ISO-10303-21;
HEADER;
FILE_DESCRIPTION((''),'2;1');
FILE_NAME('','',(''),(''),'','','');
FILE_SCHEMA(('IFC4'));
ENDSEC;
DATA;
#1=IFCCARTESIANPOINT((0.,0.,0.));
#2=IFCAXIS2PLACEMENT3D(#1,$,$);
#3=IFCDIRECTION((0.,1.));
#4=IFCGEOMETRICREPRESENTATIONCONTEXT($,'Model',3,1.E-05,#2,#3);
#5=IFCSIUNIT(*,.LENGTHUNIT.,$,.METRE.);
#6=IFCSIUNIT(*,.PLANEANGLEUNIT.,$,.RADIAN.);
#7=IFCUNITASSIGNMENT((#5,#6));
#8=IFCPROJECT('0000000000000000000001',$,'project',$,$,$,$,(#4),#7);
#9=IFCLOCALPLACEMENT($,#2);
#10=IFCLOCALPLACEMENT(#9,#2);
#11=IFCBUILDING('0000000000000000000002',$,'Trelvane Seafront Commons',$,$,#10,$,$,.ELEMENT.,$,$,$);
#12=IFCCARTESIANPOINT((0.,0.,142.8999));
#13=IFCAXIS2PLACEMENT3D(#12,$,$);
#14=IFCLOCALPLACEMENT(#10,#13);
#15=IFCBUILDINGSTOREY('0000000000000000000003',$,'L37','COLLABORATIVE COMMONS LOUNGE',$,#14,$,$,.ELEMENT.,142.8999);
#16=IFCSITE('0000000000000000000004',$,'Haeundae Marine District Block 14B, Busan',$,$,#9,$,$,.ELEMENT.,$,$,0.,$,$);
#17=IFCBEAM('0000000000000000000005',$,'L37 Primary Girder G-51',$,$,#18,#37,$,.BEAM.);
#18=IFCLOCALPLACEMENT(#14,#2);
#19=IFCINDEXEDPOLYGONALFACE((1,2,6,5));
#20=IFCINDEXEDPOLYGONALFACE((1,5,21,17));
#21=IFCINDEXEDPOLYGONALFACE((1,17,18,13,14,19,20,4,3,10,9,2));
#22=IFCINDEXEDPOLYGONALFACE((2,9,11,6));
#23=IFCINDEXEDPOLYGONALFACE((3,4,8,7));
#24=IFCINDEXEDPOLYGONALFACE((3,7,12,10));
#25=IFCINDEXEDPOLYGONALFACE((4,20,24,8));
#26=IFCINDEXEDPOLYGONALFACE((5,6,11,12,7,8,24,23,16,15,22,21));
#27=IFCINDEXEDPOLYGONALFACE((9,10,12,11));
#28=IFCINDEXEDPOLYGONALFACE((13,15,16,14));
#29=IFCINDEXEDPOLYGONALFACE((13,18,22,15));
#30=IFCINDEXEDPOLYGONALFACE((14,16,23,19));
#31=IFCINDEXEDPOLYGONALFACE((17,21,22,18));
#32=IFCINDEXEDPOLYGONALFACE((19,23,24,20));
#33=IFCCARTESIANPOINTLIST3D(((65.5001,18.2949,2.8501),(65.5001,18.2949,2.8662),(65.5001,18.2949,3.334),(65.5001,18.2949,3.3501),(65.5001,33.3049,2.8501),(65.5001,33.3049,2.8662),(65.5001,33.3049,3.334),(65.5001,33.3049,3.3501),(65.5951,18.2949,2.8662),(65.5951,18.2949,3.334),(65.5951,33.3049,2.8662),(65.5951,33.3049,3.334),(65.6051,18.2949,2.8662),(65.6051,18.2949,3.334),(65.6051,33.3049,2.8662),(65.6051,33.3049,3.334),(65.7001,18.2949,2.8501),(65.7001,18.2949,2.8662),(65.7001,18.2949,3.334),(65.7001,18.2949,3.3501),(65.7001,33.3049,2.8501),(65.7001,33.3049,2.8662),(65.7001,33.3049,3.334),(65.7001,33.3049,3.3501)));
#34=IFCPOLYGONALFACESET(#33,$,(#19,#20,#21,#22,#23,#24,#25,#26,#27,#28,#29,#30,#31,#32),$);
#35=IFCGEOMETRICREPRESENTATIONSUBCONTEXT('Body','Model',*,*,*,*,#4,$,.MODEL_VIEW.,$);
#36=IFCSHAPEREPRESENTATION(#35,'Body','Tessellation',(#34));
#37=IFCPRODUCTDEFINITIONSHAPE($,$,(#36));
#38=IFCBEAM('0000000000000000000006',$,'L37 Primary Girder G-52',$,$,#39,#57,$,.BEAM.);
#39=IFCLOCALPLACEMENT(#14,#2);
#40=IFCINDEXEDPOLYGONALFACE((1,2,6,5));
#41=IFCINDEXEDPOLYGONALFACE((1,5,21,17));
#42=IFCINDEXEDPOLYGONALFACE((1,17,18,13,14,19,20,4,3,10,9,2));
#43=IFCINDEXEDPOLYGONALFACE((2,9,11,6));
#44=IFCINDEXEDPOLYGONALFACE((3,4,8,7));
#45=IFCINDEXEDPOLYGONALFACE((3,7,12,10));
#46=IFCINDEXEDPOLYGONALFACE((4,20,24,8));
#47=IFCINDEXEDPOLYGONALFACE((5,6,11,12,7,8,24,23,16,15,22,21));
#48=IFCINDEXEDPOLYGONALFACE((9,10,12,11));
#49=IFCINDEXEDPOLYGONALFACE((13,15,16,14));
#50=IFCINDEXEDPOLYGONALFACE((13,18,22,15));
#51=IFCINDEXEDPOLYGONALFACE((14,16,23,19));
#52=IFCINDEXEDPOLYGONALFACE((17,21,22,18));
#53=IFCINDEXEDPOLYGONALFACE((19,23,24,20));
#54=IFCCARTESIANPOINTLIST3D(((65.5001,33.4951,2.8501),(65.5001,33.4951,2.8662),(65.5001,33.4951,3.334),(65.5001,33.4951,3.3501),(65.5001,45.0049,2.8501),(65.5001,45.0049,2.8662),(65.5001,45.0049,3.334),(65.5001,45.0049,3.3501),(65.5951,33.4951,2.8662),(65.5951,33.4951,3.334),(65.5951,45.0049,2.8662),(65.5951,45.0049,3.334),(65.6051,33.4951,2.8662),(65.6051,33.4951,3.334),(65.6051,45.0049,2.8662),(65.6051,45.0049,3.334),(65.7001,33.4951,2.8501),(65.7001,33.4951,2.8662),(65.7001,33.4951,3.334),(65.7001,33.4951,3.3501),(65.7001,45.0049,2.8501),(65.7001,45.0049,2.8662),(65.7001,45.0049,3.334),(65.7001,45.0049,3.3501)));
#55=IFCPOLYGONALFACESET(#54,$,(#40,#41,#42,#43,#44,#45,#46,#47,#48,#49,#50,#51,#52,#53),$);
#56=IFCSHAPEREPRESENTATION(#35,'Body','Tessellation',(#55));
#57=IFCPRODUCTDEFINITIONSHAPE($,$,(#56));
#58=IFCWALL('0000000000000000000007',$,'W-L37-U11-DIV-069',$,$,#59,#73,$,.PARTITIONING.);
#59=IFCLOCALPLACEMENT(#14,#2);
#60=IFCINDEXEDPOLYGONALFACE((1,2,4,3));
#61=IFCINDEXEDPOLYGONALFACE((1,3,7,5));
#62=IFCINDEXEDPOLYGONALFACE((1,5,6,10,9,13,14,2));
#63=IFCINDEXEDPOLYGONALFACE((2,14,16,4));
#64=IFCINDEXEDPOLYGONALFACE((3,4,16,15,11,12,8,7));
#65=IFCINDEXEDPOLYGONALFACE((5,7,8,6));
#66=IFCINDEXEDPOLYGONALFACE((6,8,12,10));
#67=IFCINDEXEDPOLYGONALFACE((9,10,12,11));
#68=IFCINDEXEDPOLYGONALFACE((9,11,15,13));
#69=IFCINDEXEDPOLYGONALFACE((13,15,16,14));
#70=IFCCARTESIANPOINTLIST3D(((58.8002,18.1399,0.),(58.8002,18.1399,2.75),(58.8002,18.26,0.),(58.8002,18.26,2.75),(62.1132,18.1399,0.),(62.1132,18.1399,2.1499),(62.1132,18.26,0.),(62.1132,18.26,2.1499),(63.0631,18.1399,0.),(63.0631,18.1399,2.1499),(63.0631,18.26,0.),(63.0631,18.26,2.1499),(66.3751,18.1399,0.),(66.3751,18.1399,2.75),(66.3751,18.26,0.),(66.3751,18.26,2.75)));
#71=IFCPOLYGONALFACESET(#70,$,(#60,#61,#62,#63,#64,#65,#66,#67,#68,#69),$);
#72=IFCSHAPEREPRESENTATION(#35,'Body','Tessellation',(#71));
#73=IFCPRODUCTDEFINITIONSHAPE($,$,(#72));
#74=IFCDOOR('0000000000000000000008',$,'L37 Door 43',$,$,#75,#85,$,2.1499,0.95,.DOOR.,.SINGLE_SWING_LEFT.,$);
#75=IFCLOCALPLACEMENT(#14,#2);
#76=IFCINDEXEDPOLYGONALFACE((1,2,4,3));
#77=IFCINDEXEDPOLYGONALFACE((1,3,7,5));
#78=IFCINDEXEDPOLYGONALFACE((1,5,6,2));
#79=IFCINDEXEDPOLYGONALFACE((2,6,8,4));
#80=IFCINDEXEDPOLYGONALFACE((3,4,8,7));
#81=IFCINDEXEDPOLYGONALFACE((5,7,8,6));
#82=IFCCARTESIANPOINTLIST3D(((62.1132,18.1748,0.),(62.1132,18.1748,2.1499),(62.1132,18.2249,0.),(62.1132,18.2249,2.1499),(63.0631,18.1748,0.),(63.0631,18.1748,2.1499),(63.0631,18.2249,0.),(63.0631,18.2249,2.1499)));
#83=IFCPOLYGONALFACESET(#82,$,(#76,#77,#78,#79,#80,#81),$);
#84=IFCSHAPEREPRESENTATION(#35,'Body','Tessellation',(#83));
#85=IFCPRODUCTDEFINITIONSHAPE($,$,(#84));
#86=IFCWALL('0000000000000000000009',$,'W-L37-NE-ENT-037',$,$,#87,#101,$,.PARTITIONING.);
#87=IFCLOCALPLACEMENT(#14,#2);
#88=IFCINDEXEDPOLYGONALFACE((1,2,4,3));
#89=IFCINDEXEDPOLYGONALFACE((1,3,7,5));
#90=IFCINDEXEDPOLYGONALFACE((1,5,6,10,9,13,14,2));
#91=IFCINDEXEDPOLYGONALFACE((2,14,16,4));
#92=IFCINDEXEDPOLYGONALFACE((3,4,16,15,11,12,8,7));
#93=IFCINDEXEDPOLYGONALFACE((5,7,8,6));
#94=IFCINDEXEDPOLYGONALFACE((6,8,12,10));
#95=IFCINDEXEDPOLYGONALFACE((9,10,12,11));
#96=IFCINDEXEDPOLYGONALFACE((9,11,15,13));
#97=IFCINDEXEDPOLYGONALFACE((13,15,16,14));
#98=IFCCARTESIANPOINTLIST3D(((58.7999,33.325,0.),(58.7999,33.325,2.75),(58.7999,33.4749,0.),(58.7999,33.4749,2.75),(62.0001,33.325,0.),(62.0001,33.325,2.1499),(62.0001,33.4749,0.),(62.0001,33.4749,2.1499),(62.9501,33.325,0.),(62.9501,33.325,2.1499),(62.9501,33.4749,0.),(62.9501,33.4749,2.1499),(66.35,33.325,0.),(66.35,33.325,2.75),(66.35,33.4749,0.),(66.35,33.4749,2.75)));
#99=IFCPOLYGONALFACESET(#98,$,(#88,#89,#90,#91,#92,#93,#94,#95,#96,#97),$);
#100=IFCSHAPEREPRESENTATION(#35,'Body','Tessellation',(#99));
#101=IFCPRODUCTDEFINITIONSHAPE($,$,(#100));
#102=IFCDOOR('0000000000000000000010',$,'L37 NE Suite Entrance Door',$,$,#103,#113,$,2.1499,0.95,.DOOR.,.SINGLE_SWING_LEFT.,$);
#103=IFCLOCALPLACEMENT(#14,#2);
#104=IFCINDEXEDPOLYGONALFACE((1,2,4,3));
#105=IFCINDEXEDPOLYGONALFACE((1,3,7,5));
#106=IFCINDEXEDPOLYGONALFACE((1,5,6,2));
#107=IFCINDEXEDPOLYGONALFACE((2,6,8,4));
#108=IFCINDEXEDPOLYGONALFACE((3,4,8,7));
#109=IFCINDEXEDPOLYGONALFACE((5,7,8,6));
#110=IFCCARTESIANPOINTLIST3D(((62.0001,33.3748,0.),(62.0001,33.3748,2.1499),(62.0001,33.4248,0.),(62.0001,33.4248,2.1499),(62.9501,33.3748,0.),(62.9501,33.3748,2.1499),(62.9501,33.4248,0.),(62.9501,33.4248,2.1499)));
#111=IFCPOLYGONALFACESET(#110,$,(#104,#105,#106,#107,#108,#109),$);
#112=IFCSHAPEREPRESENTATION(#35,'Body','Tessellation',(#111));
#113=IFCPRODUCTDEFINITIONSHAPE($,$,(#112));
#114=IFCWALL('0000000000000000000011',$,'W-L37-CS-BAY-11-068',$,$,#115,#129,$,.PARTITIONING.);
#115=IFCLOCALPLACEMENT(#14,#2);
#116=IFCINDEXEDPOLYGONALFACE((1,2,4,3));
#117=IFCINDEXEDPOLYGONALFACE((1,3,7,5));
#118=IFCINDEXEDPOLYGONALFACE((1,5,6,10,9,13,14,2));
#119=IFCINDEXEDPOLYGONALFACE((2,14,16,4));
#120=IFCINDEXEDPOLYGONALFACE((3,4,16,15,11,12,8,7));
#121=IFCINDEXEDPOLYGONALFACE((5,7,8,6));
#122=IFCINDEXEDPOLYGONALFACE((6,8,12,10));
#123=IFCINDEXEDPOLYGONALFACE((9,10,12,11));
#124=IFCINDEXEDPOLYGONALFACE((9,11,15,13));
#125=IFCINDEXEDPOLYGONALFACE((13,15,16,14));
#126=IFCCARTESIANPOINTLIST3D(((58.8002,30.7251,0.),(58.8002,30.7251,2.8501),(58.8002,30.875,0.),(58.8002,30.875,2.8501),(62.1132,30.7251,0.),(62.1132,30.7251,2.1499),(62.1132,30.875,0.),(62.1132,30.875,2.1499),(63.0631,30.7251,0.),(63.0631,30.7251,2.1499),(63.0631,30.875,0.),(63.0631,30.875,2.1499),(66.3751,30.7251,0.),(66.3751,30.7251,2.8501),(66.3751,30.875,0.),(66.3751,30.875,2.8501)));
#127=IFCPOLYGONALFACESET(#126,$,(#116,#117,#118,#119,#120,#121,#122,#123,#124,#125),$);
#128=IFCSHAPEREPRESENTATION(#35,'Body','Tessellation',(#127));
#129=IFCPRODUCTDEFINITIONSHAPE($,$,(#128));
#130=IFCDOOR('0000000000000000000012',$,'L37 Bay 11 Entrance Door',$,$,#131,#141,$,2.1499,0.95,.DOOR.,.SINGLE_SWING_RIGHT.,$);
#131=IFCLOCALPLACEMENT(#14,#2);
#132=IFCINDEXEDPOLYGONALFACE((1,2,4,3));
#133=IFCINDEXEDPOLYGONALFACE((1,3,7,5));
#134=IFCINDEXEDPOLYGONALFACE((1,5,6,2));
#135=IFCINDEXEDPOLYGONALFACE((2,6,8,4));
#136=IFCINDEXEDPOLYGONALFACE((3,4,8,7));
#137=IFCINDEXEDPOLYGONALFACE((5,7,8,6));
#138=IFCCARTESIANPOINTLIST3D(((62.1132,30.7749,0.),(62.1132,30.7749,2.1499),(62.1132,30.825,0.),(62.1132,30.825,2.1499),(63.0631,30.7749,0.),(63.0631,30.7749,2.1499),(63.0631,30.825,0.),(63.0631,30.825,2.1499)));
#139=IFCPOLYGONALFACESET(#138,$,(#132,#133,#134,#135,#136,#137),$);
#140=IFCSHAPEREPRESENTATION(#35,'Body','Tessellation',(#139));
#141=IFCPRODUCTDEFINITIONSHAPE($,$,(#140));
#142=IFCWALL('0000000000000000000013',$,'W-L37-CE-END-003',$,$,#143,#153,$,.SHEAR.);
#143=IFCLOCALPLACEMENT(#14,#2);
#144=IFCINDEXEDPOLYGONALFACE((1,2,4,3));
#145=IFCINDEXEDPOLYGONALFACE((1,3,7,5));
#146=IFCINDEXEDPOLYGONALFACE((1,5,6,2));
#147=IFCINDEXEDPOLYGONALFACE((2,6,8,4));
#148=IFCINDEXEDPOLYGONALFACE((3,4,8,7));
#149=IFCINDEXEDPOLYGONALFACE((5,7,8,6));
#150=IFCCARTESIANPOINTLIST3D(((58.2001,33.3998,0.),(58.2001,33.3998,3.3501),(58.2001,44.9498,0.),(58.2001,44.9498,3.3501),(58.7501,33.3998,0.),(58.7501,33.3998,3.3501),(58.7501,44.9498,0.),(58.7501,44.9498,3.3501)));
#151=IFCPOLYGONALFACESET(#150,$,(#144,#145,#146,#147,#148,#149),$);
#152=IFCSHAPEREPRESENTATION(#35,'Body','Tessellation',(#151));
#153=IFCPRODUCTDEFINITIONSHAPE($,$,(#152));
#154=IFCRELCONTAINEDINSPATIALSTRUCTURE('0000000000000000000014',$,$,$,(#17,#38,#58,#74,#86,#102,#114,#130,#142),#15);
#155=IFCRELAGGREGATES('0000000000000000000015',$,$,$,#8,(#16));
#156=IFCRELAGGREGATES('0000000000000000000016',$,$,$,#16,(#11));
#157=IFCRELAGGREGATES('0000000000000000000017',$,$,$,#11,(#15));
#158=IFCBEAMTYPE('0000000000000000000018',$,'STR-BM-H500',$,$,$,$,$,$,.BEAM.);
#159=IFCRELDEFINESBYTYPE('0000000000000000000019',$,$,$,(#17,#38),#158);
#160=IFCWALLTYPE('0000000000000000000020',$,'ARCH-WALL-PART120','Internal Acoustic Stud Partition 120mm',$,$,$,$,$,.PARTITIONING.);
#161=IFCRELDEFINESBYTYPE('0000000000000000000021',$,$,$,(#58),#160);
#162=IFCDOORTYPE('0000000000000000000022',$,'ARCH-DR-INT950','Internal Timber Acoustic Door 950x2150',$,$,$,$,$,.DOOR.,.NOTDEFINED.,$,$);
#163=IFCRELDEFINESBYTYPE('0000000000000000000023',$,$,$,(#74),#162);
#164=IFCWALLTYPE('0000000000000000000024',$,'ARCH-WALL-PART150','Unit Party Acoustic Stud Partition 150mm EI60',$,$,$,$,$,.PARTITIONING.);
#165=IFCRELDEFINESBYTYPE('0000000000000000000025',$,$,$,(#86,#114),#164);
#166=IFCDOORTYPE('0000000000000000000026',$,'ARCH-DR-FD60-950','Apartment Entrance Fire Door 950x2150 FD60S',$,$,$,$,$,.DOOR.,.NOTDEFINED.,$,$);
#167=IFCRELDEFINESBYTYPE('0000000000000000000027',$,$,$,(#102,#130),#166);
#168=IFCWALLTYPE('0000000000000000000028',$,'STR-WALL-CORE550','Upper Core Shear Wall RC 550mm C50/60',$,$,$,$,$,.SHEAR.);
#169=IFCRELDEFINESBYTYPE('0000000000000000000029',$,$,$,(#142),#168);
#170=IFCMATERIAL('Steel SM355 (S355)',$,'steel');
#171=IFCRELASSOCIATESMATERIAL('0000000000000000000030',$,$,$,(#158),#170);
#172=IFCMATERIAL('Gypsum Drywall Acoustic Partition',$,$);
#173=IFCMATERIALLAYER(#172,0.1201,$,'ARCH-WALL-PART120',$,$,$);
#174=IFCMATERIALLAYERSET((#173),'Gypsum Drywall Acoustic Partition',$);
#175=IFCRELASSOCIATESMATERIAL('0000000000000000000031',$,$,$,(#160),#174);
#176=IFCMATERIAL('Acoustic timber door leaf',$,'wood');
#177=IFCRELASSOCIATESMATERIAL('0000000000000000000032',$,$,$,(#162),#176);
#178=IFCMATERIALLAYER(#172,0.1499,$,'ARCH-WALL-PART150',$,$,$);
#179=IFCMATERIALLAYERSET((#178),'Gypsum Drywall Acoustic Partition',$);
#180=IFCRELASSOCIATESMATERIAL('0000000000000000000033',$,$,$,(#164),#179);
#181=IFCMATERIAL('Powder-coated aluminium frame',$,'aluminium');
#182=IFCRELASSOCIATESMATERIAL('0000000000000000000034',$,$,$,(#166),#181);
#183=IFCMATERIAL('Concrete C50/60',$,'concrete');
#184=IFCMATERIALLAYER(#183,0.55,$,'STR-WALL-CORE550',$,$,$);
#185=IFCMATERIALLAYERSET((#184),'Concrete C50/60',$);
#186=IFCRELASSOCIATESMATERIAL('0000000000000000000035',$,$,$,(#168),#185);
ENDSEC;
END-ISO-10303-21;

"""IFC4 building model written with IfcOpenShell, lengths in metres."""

from ifc_helpers import new_model, si_unit, direction, frame, frame_2d, origin, origin_2d, place, context, subcontext, project, spatial, rectangle, i_section, extrude, source, transform, mapped, material, layer, layer_set, material_profile, profile_set, type_object, element, fill, save


model = new_model("IFC4")

# Units and contexts
model_context = context("Model", 3, precision=1e-05, world=origin(), true_north=direction((0.0, 1.0)))
body_context = subcontext(model_context, "Body", "Model", "MODEL_VIEW")
ifc_project = project(units=[si_unit("LENGTHUNIT", "METRE"), si_unit("PLANEANGLEUNIT", "RADIAN")], contexts=[model_context])

# Site, building, storey
site_placement = place(None, origin())
site = spatial("IfcSite", under=ifc_project, at=site_placement, Name="Haeundae Marine District Block 14B, Busan", CompositionType="ELEMENT", RefElevation=0.0)
building_placement = place(site_placement, origin())
building = spatial("IfcBuilding", under=site, at=building_placement, Name="Trelvane Seafront Commons", CompositionType="ELEMENT")
storey_placement = place(building_placement, frame((0.0, 0.0, 142.8999)))
storey = spatial("IfcBuildingStorey", under=building, at=storey_placement, Name="L37", Description="COLLABORATIVE COMMONS LOUNGE", CompositionType="ELEMENT", Elevation=142.8999)

# Shared definitions
ifc_material_1 = material(Name="Steel SM355 (S355)", Category="steel")
ifc_material_2 = material(Name="Concrete C50/60", Category="concrete")

# Beams
ifc_material_profile_1 = material_profile(ifc_material_1, i_section(OverallWidth=0.2, OverallDepth=0.5, WebThickness=0.01, FlangeThickness=0.0161, at=origin_2d()), Name="H-500x200x10x16")
ifc_profile_set_1 = profile_set([ifc_material_profile_1], Name="Steel SM355 (S355)")
beam_type_1 = type_object("IfcBeamType", Name="STR-BM-H500", PredefinedType="BEAM", material=ifc_profile_set_1)
shared_shape_1 = source(origin(), body_context, "Body", "SweptSolid", [
    extrude(i_section(OverallWidth=0.2, OverallDepth=0.5, WebThickness=0.01, FlangeThickness=0.0161, at=origin_2d()), origin(), (0.0, 0.0, 1.0), 15.01),
])
beam_1_placement = place(storey_placement, frame((65.6001, 18.2949, 3.1001), z_axis=(0.0, 1.0, 0.0), x_axis=(-1.0, 0.0, 0.0)))
element("IfcBeam", 1, at=beam_1_placement, inside=storey, type_object=beam_type_1, Name="L37 Primary Girder G-51", PredefinedType="BEAM", context=body_context, shape_type="MappedRepresentation", body=[
    mapped(shared_shape_1, transform((0.0, 0.0, 0.0), x_axis=(1.0, 0.0, 0.0), y_axis=(0.0, 1.0, 0.0), z_axis=(0.0, 0.0, 1.0), scale=1.0)),
])
shared_shape_2 = source(origin(), body_context, "Body", "SweptSolid", [
    extrude(i_section(OverallWidth=0.2, OverallDepth=0.5, WebThickness=0.01, FlangeThickness=0.0161, at=origin_2d()), origin(), (0.0, 0.0, 1.0), 11.5098),
])
beam_2_placement = place(storey_placement, frame((65.6001, 33.4951, 3.1001), z_axis=(0.0, 1.0, 0.0), x_axis=(-1.0, 0.0, 0.0)))
element("IfcBeam", 2, at=beam_2_placement, inside=storey, type_object=beam_type_1, Name="L37 Primary Girder G-52", PredefinedType="BEAM", context=body_context, shape_type="MappedRepresentation", body=[
    mapped(shared_shape_2, transform((0.0, 0.0, 0.0), x_axis=(1.0, 0.0, 0.0), y_axis=(0.0, 1.0, 0.0), z_axis=(0.0, 0.0, 1.0), scale=1.0)),
])

# Walls, openings, doors
ifc_material_3 = material(Name="Gypsum Drywall Acoustic Partition")
ifc_layer_1 = layer(ifc_material_3, 0.1201, Name="ARCH-WALL-PART120")
ifc_layer_set_1 = layer_set([ifc_layer_1], Name="Gypsum Drywall Acoustic Partition")
wall_type_1 = type_object("IfcWallType", Name="ARCH-WALL-PART120", Description="Internal Acoustic Stud Partition 120mm", PredefinedType="PARTITIONING", material=ifc_layer_set_1)
wall_1_placement = place(storey_placement, frame((58.8, 18.2, 0.0), z_axis=(0.0, 0.0, 1.0), x_axis=(1.0, 0.0, 0.0)))
wall_1 = element("IfcWall", 3, at=wall_1_placement, inside=storey, type_object=wall_type_1, Name="W-L37-U11-DIV-069", PredefinedType="PARTITIONING", context=body_context, shape_type="SweptSolid", body=[
    extrude(rectangle(XDim=7.575, YDim=0.1201, at=frame_2d((3.7876, 0.0))), origin(), (0.0, 0.0, 1.0), 2.75),
])
opening_1_placement = place(wall_1_placement, frame((3.313, 0.0, 0.0)))
opening_1 = element("IfcOpeningElement", 4, at=opening_1_placement, cuts=wall_1, PredefinedType="OPENING", context=body_context, shape_type="SweptSolid", body=[
    extrude(rectangle(XDim=0.95, YDim=2.1499, at=frame_2d((0.4751, 1.075))), frame((0.0, 0.0701, 0.0), z_axis=(0.0, -1.0, 0.0), x_axis=(1.0, 0.0, 0.0)), (0.0, 0.0, 1.0), 0.1401),
])
ifc_material_4 = material(Name="Acoustic timber door leaf", Category="wood")
door_type_1 = type_object("IfcDoorType", Name="ARCH-DR-INT950", Description="Internal Timber Acoustic Door 950x2150", OperationType="NOTDEFINED", PredefinedType="DOOR", material=ifc_material_4)
shared_shape_3 = source(origin(), body_context, "Body", "SweptSolid", [
    extrude(rectangle(XDim=0.95, YDim=2.1499, at=frame_2d((0.4751, 1.075))), frame((0.0, 0.0249, 0.0), z_axis=(0.0, -1.0, 0.0), x_axis=(1.0, 0.0, 0.0)), (0.0, 0.0, 1.0), 0.05),
])
door_1_placement = place(opening_1_placement, origin())
door_1 = element("IfcDoor", 5, at=door_1_placement, inside=storey, type_object=door_type_1, Name="L37 Door 43", OperationType="SINGLE_SWING_LEFT", OverallHeight=2.1499, OverallWidth=0.95, PredefinedType="DOOR", context=body_context, shape_type="MappedRepresentation", body=[
    mapped(shared_shape_3, transform((0.0, 0.0, 0.0), x_axis=(1.0, 0.0, 0.0), y_axis=(0.0, 1.0, 0.0), z_axis=(0.0, 0.0, 1.0), scale=1.0)),
])
fill(opening_1, door_1)
ifc_layer_2 = layer(ifc_material_3, 0.1499, Name="ARCH-WALL-PART150")
ifc_layer_set_2 = layer_set([ifc_layer_2], Name="Gypsum Drywall Acoustic Partition")
wall_type_2 = type_object("IfcWallType", Name="ARCH-WALL-PART150", Description="Unit Party Acoustic Stud Partition 150mm EI60", PredefinedType="PARTITIONING", material=ifc_layer_set_2)
wall_2_placement = place(storey_placement, frame((58.8, 33.3999, 0.0), z_axis=(0.0, 0.0, 1.0), x_axis=(1.0, 0.0, 0.0)))
wall_2 = element("IfcWall", 6, at=wall_2_placement, inside=storey, type_object=wall_type_2, Name="W-L37-NE-ENT-037", PredefinedType="PARTITIONING", context=body_context, shape_type="SweptSolid", body=[
    extrude(rectangle(XDim=7.55, YDim=0.1499, at=frame_2d((3.7749, 0.0))), origin(), (0.0, 0.0, 1.0), 2.75),
])
opening_2_placement = place(wall_2_placement, frame((3.2, 0.0, 0.0)))
opening_2 = element("IfcOpeningElement", 7, at=opening_2_placement, cuts=wall_2, PredefinedType="OPENING", context=body_context, shape_type="SweptSolid", body=[
    extrude(rectangle(XDim=0.95, YDim=2.1499, at=frame_2d((0.4751, 1.075))), frame((0.0, 0.085, 0.0), z_axis=(0.0, -1.0, 0.0), x_axis=(1.0, 0.0, 0.0)), (0.0, 0.0, 1.0), 0.1699),
])
ifc_material_5 = material(Name="Powder-coated aluminium frame", Category="aluminium")
door_type_2 = type_object("IfcDoorType", Name="ARCH-DR-FD60-950", Description="Apartment Entrance Fire Door 950x2150 FD60S", OperationType="NOTDEFINED", PredefinedType="DOOR", material=ifc_material_5)
door_2_placement = place(opening_2_placement, origin())
door_2 = element("IfcDoor", 8, at=door_2_placement, inside=storey, type_object=door_type_2, Name="L37 NE Suite Entrance Door", OperationType="SINGLE_SWING_LEFT", OverallHeight=2.1499, OverallWidth=0.95, PredefinedType="DOOR", context=body_context, shape_type="MappedRepresentation", body=[
    mapped(shared_shape_3, transform((0.0, 0.0, 0.0), x_axis=(1.0, 0.0, 0.0), y_axis=(0.0, 1.0, 0.0), z_axis=(0.0, 0.0, 1.0), scale=1.0)),
])
fill(opening_2, door_2)
wall_3_placement = place(storey_placement, frame((58.8, 30.8, 0.0), z_axis=(0.0, 0.0, 1.0), x_axis=(1.0, 0.0, 0.0)))
wall_3 = element("IfcWall", 9, at=wall_3_placement, inside=storey, type_object=wall_type_2, Name="W-L37-CS-BAY-11-068", PredefinedType="PARTITIONING", context=body_context, shape_type="SweptSolid", body=[
    extrude(rectangle(XDim=7.575, YDim=0.1499, at=frame_2d((3.7876, 0.0))), origin(), (0.0, 0.0, 1.0), 2.8501),
])
opening_3_placement = place(wall_3_placement, frame((3.313, 0.0, 0.0)))
opening_3 = element("IfcOpeningElement", 10, at=opening_3_placement, cuts=wall_3, PredefinedType="OPENING", context=body_context, shape_type="SweptSolid", body=[
    extrude(rectangle(XDim=0.95, YDim=2.1499, at=frame_2d((0.4751, 1.075))), frame((0.0, 0.085, 0.0), z_axis=(0.0, -1.0, 0.0), x_axis=(1.0, 0.0, 0.0)), (0.0, 0.0, 1.0), 0.1699),
])
door_3_placement = place(opening_3_placement, origin())
door_3 = element("IfcDoor", 11, at=door_3_placement, inside=storey, type_object=door_type_2, Name="L37 Bay 11 Entrance Door", OperationType="SINGLE_SWING_RIGHT", OverallHeight=2.1499, OverallWidth=0.95, PredefinedType="DOOR", context=body_context, shape_type="MappedRepresentation", body=[
    mapped(shared_shape_3, transform((0.0, 0.0, 0.0), x_axis=(1.0, 0.0, 0.0), y_axis=(0.0, 1.0, 0.0), z_axis=(0.0, 0.0, 1.0), scale=1.0)),
])
fill(opening_3, door_3)

# Wall
ifc_layer_3 = layer(ifc_material_2, 0.55, Name="STR-WALL-CORE550")
ifc_layer_set_3 = layer_set([ifc_layer_3], Name="Concrete C50/60")
wall_type_3 = type_object("IfcWallType", Name="STR-WALL-CORE550", Description="Upper Core Shear Wall RC 550mm C50/60", PredefinedType="SHEAR", material=ifc_layer_set_3)
wall_4_placement = place(storey_placement, frame((58.4751, 33.3999, 0.0), z_axis=(0.0, 0.0, 1.0), x_axis=(0.0, 1.0, 0.0)))
element("IfcWall", 12, at=wall_4_placement, inside=storey, type_object=wall_type_3, Name="W-L37-CE-END-003", PredefinedType="SHEAR", context=body_context, shape_type="SweptSolid", body=[
    extrude(rectangle(XDim=11.55, YDim=0.55, at=frame_2d((5.7749, 0.0))), origin(), (0.0, 0.0, 1.0), 3.3501),
])

save(model, "model.ifc")
